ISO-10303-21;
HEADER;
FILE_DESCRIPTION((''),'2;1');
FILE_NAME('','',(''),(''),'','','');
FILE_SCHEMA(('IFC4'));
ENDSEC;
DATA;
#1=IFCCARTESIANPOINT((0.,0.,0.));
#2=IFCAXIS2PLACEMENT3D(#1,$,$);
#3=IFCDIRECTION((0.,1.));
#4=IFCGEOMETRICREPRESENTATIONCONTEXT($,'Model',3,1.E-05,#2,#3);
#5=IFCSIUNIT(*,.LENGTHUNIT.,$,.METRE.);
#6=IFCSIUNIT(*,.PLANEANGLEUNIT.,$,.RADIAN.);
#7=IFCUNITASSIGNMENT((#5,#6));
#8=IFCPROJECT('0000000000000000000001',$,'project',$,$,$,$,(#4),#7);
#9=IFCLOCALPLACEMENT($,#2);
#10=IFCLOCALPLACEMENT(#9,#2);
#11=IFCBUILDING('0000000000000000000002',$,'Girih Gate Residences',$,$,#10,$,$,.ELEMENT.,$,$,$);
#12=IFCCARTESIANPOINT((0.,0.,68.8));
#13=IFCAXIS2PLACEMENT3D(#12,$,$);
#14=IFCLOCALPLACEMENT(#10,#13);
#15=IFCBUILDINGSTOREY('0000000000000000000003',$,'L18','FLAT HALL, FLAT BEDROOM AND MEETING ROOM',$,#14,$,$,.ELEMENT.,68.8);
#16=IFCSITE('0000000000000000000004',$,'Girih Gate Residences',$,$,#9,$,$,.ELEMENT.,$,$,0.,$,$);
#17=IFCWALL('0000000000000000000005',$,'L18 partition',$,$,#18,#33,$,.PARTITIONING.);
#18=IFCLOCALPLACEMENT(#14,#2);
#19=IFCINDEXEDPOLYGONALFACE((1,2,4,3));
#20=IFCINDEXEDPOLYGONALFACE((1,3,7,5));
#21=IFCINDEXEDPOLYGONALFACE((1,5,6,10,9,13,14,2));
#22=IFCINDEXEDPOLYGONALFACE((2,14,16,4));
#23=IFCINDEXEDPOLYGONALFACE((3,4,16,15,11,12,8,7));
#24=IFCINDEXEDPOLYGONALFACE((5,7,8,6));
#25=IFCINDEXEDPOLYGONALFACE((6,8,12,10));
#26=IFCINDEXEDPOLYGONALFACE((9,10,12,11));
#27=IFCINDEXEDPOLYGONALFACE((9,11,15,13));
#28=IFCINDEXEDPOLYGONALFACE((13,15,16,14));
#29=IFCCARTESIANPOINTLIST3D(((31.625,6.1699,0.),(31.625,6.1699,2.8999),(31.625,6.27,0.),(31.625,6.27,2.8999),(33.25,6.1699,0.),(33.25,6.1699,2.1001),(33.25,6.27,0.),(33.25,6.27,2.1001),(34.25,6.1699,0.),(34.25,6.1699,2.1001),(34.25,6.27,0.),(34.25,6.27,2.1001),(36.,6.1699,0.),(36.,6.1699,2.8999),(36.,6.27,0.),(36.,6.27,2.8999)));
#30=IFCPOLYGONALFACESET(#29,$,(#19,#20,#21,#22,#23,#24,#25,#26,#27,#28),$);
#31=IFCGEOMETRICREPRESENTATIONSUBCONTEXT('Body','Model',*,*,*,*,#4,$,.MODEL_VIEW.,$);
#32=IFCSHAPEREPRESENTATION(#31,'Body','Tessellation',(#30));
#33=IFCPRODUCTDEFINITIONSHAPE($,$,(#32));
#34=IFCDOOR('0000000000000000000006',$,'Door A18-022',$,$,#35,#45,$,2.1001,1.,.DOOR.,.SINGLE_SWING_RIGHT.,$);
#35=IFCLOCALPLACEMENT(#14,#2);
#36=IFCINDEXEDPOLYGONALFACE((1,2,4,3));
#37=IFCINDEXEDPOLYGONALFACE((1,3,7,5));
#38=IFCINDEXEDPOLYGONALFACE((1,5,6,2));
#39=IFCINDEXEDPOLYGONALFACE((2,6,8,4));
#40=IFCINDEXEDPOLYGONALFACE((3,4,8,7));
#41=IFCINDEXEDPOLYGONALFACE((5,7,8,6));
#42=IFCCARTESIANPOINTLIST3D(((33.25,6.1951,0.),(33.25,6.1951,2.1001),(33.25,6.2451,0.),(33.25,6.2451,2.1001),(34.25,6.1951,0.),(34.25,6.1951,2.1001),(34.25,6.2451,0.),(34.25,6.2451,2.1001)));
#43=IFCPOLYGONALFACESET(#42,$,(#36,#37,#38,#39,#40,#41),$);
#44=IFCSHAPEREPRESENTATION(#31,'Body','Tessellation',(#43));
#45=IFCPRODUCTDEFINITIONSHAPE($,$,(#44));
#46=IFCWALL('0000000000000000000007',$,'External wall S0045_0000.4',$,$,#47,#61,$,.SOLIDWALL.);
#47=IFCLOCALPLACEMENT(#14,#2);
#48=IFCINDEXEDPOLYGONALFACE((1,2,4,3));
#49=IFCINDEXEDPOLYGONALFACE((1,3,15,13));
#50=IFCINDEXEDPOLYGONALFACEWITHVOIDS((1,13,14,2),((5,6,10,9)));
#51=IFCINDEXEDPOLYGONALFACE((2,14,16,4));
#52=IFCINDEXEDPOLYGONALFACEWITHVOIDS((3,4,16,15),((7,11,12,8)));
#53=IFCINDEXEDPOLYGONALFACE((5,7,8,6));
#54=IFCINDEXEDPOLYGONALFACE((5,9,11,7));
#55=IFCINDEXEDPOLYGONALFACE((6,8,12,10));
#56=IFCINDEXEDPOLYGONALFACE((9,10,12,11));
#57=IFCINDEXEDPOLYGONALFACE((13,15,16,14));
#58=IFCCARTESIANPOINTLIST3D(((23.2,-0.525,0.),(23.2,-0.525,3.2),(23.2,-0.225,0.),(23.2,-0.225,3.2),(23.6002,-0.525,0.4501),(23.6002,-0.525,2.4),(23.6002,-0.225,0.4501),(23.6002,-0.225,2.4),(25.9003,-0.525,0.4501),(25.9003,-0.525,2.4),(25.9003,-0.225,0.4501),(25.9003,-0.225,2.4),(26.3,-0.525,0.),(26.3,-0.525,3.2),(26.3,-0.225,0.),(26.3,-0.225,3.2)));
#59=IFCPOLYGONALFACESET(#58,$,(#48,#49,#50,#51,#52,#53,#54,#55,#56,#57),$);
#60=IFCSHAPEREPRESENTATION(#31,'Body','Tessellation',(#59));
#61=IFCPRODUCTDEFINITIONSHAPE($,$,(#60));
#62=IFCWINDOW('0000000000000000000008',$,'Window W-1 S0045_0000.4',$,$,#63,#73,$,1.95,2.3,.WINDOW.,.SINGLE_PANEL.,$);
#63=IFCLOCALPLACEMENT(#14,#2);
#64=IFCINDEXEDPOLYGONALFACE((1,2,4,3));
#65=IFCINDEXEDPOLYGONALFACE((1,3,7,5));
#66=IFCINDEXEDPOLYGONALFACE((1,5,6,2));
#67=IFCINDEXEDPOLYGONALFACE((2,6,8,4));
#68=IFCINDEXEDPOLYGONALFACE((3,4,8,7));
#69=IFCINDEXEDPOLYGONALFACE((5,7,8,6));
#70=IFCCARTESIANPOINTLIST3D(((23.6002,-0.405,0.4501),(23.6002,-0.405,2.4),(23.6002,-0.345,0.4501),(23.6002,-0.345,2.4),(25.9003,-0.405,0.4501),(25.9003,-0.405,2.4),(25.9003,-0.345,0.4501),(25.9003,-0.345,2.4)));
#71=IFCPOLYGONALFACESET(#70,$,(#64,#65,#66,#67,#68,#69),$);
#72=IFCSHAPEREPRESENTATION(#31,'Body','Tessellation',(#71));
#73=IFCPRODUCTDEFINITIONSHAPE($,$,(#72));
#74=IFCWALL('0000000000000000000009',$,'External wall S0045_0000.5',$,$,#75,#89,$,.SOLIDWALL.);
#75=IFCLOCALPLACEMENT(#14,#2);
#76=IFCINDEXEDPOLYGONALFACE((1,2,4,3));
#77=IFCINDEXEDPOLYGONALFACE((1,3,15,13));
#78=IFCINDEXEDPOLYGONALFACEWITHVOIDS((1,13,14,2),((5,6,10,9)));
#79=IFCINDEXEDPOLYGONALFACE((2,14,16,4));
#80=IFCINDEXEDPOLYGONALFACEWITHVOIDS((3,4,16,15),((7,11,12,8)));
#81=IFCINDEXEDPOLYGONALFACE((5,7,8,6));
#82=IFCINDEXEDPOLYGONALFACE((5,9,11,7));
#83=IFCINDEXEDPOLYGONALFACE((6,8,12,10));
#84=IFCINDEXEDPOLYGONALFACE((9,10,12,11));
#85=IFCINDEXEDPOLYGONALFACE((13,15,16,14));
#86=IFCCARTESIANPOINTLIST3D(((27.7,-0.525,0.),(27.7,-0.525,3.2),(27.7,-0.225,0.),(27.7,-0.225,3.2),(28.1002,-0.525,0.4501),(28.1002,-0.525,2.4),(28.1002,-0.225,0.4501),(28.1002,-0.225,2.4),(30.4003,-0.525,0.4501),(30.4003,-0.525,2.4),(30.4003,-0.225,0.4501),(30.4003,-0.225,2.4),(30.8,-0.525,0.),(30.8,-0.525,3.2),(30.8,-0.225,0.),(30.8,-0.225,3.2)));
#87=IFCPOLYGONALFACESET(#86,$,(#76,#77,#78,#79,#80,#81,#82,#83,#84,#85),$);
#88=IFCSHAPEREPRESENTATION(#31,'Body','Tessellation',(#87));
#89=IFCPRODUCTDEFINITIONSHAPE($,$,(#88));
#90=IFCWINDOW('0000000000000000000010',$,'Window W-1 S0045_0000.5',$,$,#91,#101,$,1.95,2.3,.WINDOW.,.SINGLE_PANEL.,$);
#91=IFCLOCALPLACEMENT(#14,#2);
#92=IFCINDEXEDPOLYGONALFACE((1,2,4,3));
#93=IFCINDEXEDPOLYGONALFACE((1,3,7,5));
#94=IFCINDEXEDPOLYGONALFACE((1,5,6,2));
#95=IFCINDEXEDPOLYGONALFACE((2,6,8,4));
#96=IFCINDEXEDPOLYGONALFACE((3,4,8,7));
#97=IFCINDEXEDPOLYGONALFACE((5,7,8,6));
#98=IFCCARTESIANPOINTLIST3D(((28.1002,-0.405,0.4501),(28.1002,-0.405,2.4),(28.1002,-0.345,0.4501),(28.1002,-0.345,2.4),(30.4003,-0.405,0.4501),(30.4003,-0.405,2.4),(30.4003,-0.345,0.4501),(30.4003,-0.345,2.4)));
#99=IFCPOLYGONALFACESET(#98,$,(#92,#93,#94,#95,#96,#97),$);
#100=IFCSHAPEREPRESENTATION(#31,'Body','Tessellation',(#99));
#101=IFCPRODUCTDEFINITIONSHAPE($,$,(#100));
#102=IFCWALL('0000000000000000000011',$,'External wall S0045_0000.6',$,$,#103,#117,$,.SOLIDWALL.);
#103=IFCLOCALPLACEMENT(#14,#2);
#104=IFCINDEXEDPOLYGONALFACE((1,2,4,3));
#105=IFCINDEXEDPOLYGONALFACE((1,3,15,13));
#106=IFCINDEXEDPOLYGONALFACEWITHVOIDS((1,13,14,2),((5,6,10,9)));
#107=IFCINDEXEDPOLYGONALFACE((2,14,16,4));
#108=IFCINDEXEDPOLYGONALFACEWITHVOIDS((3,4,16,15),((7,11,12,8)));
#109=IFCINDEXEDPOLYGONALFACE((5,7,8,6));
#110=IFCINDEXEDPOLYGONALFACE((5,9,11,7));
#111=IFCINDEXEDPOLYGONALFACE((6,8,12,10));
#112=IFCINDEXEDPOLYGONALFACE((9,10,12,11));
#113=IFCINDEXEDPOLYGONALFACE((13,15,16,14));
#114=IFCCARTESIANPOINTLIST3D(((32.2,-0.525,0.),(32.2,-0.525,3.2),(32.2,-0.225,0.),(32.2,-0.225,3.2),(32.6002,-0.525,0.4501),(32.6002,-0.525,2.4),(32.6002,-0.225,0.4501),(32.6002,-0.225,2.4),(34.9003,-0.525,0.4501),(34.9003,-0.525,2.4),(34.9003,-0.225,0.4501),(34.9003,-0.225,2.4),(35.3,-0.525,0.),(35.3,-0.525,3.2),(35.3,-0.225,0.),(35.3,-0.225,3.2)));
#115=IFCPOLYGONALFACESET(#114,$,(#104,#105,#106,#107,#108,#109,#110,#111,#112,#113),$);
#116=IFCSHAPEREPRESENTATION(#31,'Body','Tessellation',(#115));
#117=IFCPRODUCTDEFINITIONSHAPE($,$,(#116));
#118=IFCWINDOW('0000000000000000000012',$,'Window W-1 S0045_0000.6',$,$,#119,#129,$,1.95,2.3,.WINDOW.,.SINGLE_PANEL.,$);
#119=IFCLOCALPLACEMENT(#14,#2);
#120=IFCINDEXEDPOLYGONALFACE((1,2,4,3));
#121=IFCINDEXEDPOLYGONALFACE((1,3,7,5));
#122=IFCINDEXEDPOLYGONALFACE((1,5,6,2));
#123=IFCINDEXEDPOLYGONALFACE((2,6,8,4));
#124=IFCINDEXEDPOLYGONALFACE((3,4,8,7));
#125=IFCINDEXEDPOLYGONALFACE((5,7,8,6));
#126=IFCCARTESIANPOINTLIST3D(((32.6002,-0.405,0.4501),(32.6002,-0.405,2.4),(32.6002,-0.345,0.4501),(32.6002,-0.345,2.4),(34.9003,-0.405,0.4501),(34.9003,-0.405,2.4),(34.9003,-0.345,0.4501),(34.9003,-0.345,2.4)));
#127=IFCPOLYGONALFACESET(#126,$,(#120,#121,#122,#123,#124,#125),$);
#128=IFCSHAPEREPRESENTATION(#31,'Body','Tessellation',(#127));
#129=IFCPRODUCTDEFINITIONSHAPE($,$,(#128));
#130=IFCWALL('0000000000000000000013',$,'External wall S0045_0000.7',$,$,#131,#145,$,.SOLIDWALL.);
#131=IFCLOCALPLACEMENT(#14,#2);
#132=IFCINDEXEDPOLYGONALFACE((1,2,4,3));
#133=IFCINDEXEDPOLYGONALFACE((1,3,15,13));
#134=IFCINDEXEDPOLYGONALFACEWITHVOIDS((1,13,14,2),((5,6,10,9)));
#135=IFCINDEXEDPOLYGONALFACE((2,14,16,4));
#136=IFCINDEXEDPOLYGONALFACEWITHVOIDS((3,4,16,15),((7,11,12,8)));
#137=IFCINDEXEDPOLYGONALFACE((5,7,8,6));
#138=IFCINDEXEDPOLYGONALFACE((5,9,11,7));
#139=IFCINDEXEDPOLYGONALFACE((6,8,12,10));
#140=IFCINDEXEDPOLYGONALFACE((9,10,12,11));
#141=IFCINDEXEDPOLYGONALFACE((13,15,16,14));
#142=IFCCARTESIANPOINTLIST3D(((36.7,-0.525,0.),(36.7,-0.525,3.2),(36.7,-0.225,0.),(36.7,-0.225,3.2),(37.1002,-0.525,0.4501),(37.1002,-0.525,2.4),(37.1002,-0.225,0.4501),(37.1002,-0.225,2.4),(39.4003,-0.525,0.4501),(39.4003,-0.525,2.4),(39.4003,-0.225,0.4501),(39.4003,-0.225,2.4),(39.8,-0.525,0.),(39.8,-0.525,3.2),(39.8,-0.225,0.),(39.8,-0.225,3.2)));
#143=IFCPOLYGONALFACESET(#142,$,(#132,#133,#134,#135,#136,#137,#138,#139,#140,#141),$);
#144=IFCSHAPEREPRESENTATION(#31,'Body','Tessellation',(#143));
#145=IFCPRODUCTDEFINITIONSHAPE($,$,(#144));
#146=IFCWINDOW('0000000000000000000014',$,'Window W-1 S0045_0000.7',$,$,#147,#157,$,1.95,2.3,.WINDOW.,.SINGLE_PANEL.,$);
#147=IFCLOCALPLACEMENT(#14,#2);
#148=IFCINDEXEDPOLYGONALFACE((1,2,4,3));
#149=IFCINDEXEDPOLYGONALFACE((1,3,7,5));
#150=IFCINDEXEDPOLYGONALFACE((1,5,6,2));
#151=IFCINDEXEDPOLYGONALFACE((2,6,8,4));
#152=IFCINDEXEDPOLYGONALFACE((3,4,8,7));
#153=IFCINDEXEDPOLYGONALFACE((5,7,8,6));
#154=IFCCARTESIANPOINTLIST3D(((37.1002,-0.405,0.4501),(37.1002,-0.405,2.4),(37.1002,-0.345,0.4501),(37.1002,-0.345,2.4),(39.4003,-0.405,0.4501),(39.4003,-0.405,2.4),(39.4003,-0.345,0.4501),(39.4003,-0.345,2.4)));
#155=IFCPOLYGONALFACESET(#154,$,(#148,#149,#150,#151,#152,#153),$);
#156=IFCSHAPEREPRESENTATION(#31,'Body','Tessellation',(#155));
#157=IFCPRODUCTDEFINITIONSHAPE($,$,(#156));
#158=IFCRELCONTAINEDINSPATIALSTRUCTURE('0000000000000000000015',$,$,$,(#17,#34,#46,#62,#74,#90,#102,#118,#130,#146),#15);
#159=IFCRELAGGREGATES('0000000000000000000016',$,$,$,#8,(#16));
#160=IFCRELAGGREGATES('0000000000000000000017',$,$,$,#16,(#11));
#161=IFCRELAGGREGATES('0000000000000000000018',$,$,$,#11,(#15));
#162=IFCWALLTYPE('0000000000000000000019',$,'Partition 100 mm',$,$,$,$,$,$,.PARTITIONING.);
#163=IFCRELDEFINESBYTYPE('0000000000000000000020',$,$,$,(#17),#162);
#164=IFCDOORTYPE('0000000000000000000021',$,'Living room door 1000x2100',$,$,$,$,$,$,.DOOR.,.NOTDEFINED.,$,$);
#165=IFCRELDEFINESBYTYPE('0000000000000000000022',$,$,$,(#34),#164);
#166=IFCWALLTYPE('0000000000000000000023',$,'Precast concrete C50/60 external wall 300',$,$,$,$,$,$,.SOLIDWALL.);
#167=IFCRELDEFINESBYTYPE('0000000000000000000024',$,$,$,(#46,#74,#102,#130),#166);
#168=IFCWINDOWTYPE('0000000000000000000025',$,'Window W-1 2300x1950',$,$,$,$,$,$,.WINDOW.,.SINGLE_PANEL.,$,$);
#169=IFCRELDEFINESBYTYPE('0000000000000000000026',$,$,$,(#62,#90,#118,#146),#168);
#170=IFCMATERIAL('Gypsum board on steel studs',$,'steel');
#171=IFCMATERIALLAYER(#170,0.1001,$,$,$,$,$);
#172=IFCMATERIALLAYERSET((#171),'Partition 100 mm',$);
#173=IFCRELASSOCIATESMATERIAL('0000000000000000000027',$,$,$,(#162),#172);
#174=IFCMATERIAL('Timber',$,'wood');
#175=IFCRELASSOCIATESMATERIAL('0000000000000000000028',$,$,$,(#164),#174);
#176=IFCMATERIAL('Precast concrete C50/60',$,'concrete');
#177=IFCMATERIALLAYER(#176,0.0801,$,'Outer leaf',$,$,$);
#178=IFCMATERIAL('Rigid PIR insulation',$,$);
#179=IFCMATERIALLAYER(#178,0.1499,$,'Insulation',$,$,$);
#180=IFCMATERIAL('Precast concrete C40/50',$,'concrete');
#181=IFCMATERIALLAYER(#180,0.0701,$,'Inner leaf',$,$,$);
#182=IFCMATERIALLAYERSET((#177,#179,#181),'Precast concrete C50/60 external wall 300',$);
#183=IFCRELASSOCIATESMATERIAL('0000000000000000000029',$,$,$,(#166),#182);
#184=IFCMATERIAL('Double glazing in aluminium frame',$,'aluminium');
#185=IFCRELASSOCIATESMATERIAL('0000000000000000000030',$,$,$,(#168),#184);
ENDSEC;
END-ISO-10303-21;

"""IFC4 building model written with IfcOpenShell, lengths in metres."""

from ifc_helpers import new_model, si_unit, direction, frame, frame_2d, origin, place, context, subcontext, project, spatial, rectangle, extrude, material, layer, layer_set, type_object, element, fill, save


model = new_model("IFC4")

# Units and contexts
model_context = context("Model", 3, precision=1e-05, world=origin(), true_north=direction((0.0, 1.0)))
body_context = subcontext(model_context, "Body", "Model", "MODEL_VIEW")
ifc_project = project(units=[si_unit("LENGTHUNIT", "METRE"), si_unit("PLANEANGLEUNIT", "RADIAN")], contexts=[model_context])

# Site, building, storey
site_placement = place(None, origin())
site = spatial("IfcSite", under=ifc_project, at=site_placement, Name="Girih Gate Residences", CompositionType="ELEMENT", RefElevation=0.0)
building_placement = place(site_placement, origin())
building = spatial("IfcBuilding", under=site, at=building_placement, Name="Girih Gate Residences", CompositionType="ELEMENT")
storey_placement = place(building_placement, frame((0.0, 0.0, 68.8)))
storey = spatial("IfcBuildingStorey", under=building, at=storey_placement, Name="L18", Description="FLAT HALL, FLAT BEDROOM AND MEETING ROOM", CompositionType="ELEMENT", Elevation=68.8)

# Shared definitions
ifc_material_1 = material(Name="Gypsum board on steel studs", Category="steel")
ifc_layer_1 = layer(ifc_material_1, 0.1001)
ifc_layer_set_1 = layer_set([ifc_layer_1], Name="Partition 100 mm")
wall_type_1 = type_object("IfcWallType", Name="Partition 100 mm", PredefinedType="PARTITIONING", material=ifc_layer_set_1)

# Shared definitions
ifc_material_2 = material(Name="Timber", Category="wood")

# Wall, opening, door
wall_1_placement = place(storey_placement, frame((36.0, 6.22, 0.0), z_axis=(0.0, 0.0, 1.0), x_axis=(-1.0, 0.0, 0.0)))
wall_1 = element("IfcWall", 1, at=wall_1_placement, inside=storey, type_object=wall_type_1, Name="L18 partition", PredefinedType="PARTITIONING", context=body_context, shape_type="SweptSolid", body=[
    extrude(rectangle(XDim=4.375, YDim=0.1001, at=frame_2d((2.1875, 0.0))), origin(), (0.0, 0.0, 1.0), 2.8999),
])
opening_1_placement = place(wall_1_placement, frame((1.75, 0.0, 0.0)))
opening_1 = element("IfcOpeningElement", 2, at=opening_1_placement, cuts=wall_1, PredefinedType="OPENING", context=body_context, shape_type="SweptSolid", body=[
    extrude(rectangle(XDim=1.0, YDim=2.1001, at=frame_2d((0.5, 1.05))), frame((0.0, 0.0601, 0.0), z_axis=(0.0, -1.0, 0.0), x_axis=(1.0, 0.0, 0.0)), (0.0, 0.0, 1.0), 0.1201),
])
door_type_1 = type_object("IfcDoorType", Name="Living room door 1000x2100", OperationType="NOTDEFINED", PredefinedType="DOOR", material=ifc_material_2)
door_1_placement = place(opening_1_placement, origin())
door_1 = element("IfcDoor", 3, at=door_1_placement, inside=storey, type_object=door_type_1, Name="Door A18-022", OperationType="SINGLE_SWING_RIGHT", OverallHeight=2.1001, OverallWidth=1.0, PredefinedType="DOOR", context=body_context, shape_type="SweptSolid", body=[
    extrude(rectangle(XDim=1.0, YDim=2.1001, at=frame_2d((0.5, 1.05))), frame((0.0, 0.0249, 0.0), z_axis=(0.0, -1.0, 0.0), x_axis=(1.0, 0.0, 0.0)), (0.0, 0.0, 1.0), 0.05),
])
fill(opening_1, door_1)

# Walls, openings, windows
ifc_material_3 = material(Name="Precast concrete C50/60", Category="concrete")
ifc_layer_2 = layer(ifc_material_3, 0.0801, Name="Outer leaf")
ifc_material_4 = material(Name="Rigid PIR insulation")
ifc_layer_3 = layer(ifc_material_4, 0.1499, Name="Insulation")
ifc_material_5 = material(Name="Precast concrete C40/50", Category="concrete")
ifc_layer_4 = layer(ifc_material_5, 0.0701, Name="Inner leaf")
ifc_layer_set_2 = layer_set([ifc_layer_2, ifc_layer_3, ifc_layer_4], Name="Precast concrete C50/60 external wall 300")
wall_type_2 = type_object("IfcWallType", Name="Precast concrete C50/60 external wall 300", PredefinedType="SOLIDWALL", material=ifc_layer_set_2)
wall_2_placement = place(storey_placement, frame((26.3, -0.375, 0.0), z_axis=(0.0, 0.0, 1.0), x_axis=(-1.0, 0.0, 0.0)))
wall_2 = element("IfcWall", 4, at=wall_2_placement, inside=storey, type_object=wall_type_2, Name="External wall S0045_0000.4", PredefinedType="SOLIDWALL", context=body_context, shape_type="SweptSolid", body=[
    extrude(rectangle(XDim=3.1001, YDim=0.3, at=frame_2d((1.55, 0.0))), origin(), (0.0, 0.0, 1.0), 3.2),
])
opening_2_placement = place(wall_2_placement, frame((0.3999, 0.0, 0.45)))
opening_2 = element("IfcOpeningElement", 5, at=opening_2_placement, cuts=wall_2, PredefinedType="OPENING", context=body_context, shape_type="SweptSolid", body=[
    extrude(rectangle(XDim=2.3, YDim=1.95, at=frame_2d((1.1499, 0.9751))), frame((0.0, 0.1599, 0.0), z_axis=(0.0, -1.0, 0.0), x_axis=(1.0, 0.0, 0.0)), (0.0, 0.0, 1.0), 0.3201),
])
ifc_material_6 = material(Name="Double glazing in aluminium frame", Category="aluminium")
window_type = type_object("IfcWindowType", Name="Window W-1 2300x1950", PartitioningType="SINGLE_PANEL", PredefinedType="WINDOW", material=ifc_material_6)
window_1_placement = place(opening_2_placement, origin())
window_1 = element("IfcWindow", 6, at=window_1_placement, inside=storey, type_object=window_type, Name="Window W-1 S0045_0000.4", OverallHeight=1.95, OverallWidth=2.3, PartitioningType="SINGLE_PANEL", PredefinedType="WINDOW", context=body_context, shape_type="SweptSolid", body=[
    extrude(rectangle(XDim=2.3, YDim=1.95, at=frame_2d((1.1499, 0.9751))), frame((0.0, 0.03, 0.0), z_axis=(0.0, -1.0, 0.0), x_axis=(1.0, 0.0, 0.0)), (0.0, 0.0, 1.0), 0.0601),
])
fill(opening_2, window_1)
wall_3_placement = place(storey_placement, frame((30.8, -0.375, 0.0), z_axis=(0.0, 0.0, 1.0), x_axis=(-1.0, 0.0, 0.0)))
wall_3 = element("IfcWall", 7, at=wall_3_placement, inside=storey, type_object=wall_type_2, Name="External wall S0045_0000.5", PredefinedType="SOLIDWALL", context=body_context, shape_type="SweptSolid", body=[
    extrude(rectangle(XDim=3.1001, YDim=0.3, at=frame_2d((1.55, 0.0))), origin(), (0.0, 0.0, 1.0), 3.2),
])
opening_3_placement = place(wall_3_placement, frame((0.3999, 0.0, 0.45)))
opening_3 = element("IfcOpeningElement", 8, at=opening_3_placement, cuts=wall_3, PredefinedType="OPENING", context=body_context, shape_type="SweptSolid", body=[
    extrude(rectangle(XDim=2.3, YDim=1.95, at=frame_2d((1.1499, 0.9751))), frame((0.0, 0.1599, 0.0), z_axis=(0.0, -1.0, 0.0), x_axis=(1.0, 0.0, 0.0)), (0.0, 0.0, 1.0), 0.3201),
])
window_2_placement = place(opening_3_placement, origin())
window_2 = element("IfcWindow", 9, at=window_2_placement, inside=storey, type_object=window_type, Name="Window W-1 S0045_0000.5", OverallHeight=1.95, OverallWidth=2.3, PartitioningType="SINGLE_PANEL", PredefinedType="WINDOW", context=body_context, shape_type="SweptSolid", body=[
    extrude(rectangle(XDim=2.3, YDim=1.95, at=frame_2d((1.1499, 0.9751))), frame((0.0, 0.03, 0.0), z_axis=(0.0, -1.0, 0.0), x_axis=(1.0, 0.0, 0.0)), (0.0, 0.0, 1.0), 0.0601),
])
fill(opening_3, window_2)
wall_4_placement = place(storey_placement, frame((35.3, -0.375, 0.0), z_axis=(0.0, 0.0, 1.0), x_axis=(-1.0, 0.0, 0.0)))
wall_4 = element("IfcWall", 10, at=wall_4_placement, inside=storey, type_object=wall_type_2, Name="External wall S0045_0000.6", PredefinedType="SOLIDWALL", context=body_context, shape_type="SweptSolid", body=[
    extrude(rectangle(XDim=3.1001, YDim=0.3, at=frame_2d((1.55, 0.0))), origin(), (0.0, 0.0, 1.0), 3.2),
])
opening_4_placement = place(wall_4_placement, frame((0.3999, 0.0, 0.45)))
opening_4 = element("IfcOpeningElement", 11, at=opening_4_placement, cuts=wall_4, PredefinedType="OPENING", context=body_context, shape_type="SweptSolid", body=[
    extrude(rectangle(XDim=2.3, YDim=1.95, at=frame_2d((1.1499, 0.9751))), frame((0.0, 0.1599, 0.0), z_axis=(0.0, -1.0, 0.0), x_axis=(1.0, 0.0, 0.0)), (0.0, 0.0, 1.0), 0.3201),
])
window_3_placement = place(opening_4_placement, origin())
window_3 = element("IfcWindow", 12, at=window_3_placement, inside=storey, type_object=window_type, Name="Window W-1 S0045_0000.6", OverallHeight=1.95, OverallWidth=2.3, PartitioningType="SINGLE_PANEL", PredefinedType="WINDOW", context=body_context, shape_type="SweptSolid", body=[
    extrude(rectangle(XDim=2.3, YDim=1.95, at=frame_2d((1.1499, 0.9751))), frame((0.0, 0.03, 0.0), z_axis=(0.0, -1.0, 0.0), x_axis=(1.0, 0.0, 0.0)), (0.0, 0.0, 1.0), 0.0601),
])
fill(opening_4, window_3)
wall_5_placement = place(storey_placement, frame((39.8, -0.375, 0.0), z_axis=(0.0, 0.0, 1.0), x_axis=(-1.0, 0.0, 0.0)))
wall_5 = element("IfcWall", 13, at=wall_5_placement, inside=storey, type_object=wall_type_2, Name="External wall S0045_0000.7", PredefinedType="SOLIDWALL", context=body_context, shape_type="SweptSolid", body=[
    extrude(rectangle(XDim=3.1001, YDim=0.3, at=frame_2d((1.55, 0.0))), origin(), (0.0, 0.0, 1.0), 3.2),
])
opening_5_placement = place(wall_5_placement, frame((0.3999, 0.0, 0.45)))
opening_5 = element("IfcOpeningElement", 14, at=opening_5_placement, cuts=wall_5, PredefinedType="OPENING", context=body_context, shape_type="SweptSolid", body=[
    extrude(rectangle(XDim=2.3, YDim=1.95, at=frame_2d((1.1499, 0.9751))), frame((0.0, 0.1599, 0.0), z_axis=(0.0, -1.0, 0.0), x_axis=(1.0, 0.0, 0.0)), (0.0, 0.0, 1.0), 0.3201),
])
window_4_placement = place(opening_5_placement, origin())
window_4 = element("IfcWindow", 15, at=window_4_placement, inside=storey, type_object=window_type, Name="Window W-1 S0045_0000.7", OverallHeight=1.95, OverallWidth=2.3, PartitioningType="SINGLE_PANEL", PredefinedType="WINDOW", context=body_context, shape_type="SweptSolid", body=[
    extrude(rectangle(XDim=2.3, YDim=1.95, at=frame_2d((1.1499, 0.9751))), frame((0.0, 0.03, 0.0), z_axis=(0.0, -1.0, 0.0), x_axis=(1.0, 0.0, 0.0)), (0.0, 0.0, 1.0), 0.0601),
])
fill(opening_5, window_4)

save(model, "model.ifc")
